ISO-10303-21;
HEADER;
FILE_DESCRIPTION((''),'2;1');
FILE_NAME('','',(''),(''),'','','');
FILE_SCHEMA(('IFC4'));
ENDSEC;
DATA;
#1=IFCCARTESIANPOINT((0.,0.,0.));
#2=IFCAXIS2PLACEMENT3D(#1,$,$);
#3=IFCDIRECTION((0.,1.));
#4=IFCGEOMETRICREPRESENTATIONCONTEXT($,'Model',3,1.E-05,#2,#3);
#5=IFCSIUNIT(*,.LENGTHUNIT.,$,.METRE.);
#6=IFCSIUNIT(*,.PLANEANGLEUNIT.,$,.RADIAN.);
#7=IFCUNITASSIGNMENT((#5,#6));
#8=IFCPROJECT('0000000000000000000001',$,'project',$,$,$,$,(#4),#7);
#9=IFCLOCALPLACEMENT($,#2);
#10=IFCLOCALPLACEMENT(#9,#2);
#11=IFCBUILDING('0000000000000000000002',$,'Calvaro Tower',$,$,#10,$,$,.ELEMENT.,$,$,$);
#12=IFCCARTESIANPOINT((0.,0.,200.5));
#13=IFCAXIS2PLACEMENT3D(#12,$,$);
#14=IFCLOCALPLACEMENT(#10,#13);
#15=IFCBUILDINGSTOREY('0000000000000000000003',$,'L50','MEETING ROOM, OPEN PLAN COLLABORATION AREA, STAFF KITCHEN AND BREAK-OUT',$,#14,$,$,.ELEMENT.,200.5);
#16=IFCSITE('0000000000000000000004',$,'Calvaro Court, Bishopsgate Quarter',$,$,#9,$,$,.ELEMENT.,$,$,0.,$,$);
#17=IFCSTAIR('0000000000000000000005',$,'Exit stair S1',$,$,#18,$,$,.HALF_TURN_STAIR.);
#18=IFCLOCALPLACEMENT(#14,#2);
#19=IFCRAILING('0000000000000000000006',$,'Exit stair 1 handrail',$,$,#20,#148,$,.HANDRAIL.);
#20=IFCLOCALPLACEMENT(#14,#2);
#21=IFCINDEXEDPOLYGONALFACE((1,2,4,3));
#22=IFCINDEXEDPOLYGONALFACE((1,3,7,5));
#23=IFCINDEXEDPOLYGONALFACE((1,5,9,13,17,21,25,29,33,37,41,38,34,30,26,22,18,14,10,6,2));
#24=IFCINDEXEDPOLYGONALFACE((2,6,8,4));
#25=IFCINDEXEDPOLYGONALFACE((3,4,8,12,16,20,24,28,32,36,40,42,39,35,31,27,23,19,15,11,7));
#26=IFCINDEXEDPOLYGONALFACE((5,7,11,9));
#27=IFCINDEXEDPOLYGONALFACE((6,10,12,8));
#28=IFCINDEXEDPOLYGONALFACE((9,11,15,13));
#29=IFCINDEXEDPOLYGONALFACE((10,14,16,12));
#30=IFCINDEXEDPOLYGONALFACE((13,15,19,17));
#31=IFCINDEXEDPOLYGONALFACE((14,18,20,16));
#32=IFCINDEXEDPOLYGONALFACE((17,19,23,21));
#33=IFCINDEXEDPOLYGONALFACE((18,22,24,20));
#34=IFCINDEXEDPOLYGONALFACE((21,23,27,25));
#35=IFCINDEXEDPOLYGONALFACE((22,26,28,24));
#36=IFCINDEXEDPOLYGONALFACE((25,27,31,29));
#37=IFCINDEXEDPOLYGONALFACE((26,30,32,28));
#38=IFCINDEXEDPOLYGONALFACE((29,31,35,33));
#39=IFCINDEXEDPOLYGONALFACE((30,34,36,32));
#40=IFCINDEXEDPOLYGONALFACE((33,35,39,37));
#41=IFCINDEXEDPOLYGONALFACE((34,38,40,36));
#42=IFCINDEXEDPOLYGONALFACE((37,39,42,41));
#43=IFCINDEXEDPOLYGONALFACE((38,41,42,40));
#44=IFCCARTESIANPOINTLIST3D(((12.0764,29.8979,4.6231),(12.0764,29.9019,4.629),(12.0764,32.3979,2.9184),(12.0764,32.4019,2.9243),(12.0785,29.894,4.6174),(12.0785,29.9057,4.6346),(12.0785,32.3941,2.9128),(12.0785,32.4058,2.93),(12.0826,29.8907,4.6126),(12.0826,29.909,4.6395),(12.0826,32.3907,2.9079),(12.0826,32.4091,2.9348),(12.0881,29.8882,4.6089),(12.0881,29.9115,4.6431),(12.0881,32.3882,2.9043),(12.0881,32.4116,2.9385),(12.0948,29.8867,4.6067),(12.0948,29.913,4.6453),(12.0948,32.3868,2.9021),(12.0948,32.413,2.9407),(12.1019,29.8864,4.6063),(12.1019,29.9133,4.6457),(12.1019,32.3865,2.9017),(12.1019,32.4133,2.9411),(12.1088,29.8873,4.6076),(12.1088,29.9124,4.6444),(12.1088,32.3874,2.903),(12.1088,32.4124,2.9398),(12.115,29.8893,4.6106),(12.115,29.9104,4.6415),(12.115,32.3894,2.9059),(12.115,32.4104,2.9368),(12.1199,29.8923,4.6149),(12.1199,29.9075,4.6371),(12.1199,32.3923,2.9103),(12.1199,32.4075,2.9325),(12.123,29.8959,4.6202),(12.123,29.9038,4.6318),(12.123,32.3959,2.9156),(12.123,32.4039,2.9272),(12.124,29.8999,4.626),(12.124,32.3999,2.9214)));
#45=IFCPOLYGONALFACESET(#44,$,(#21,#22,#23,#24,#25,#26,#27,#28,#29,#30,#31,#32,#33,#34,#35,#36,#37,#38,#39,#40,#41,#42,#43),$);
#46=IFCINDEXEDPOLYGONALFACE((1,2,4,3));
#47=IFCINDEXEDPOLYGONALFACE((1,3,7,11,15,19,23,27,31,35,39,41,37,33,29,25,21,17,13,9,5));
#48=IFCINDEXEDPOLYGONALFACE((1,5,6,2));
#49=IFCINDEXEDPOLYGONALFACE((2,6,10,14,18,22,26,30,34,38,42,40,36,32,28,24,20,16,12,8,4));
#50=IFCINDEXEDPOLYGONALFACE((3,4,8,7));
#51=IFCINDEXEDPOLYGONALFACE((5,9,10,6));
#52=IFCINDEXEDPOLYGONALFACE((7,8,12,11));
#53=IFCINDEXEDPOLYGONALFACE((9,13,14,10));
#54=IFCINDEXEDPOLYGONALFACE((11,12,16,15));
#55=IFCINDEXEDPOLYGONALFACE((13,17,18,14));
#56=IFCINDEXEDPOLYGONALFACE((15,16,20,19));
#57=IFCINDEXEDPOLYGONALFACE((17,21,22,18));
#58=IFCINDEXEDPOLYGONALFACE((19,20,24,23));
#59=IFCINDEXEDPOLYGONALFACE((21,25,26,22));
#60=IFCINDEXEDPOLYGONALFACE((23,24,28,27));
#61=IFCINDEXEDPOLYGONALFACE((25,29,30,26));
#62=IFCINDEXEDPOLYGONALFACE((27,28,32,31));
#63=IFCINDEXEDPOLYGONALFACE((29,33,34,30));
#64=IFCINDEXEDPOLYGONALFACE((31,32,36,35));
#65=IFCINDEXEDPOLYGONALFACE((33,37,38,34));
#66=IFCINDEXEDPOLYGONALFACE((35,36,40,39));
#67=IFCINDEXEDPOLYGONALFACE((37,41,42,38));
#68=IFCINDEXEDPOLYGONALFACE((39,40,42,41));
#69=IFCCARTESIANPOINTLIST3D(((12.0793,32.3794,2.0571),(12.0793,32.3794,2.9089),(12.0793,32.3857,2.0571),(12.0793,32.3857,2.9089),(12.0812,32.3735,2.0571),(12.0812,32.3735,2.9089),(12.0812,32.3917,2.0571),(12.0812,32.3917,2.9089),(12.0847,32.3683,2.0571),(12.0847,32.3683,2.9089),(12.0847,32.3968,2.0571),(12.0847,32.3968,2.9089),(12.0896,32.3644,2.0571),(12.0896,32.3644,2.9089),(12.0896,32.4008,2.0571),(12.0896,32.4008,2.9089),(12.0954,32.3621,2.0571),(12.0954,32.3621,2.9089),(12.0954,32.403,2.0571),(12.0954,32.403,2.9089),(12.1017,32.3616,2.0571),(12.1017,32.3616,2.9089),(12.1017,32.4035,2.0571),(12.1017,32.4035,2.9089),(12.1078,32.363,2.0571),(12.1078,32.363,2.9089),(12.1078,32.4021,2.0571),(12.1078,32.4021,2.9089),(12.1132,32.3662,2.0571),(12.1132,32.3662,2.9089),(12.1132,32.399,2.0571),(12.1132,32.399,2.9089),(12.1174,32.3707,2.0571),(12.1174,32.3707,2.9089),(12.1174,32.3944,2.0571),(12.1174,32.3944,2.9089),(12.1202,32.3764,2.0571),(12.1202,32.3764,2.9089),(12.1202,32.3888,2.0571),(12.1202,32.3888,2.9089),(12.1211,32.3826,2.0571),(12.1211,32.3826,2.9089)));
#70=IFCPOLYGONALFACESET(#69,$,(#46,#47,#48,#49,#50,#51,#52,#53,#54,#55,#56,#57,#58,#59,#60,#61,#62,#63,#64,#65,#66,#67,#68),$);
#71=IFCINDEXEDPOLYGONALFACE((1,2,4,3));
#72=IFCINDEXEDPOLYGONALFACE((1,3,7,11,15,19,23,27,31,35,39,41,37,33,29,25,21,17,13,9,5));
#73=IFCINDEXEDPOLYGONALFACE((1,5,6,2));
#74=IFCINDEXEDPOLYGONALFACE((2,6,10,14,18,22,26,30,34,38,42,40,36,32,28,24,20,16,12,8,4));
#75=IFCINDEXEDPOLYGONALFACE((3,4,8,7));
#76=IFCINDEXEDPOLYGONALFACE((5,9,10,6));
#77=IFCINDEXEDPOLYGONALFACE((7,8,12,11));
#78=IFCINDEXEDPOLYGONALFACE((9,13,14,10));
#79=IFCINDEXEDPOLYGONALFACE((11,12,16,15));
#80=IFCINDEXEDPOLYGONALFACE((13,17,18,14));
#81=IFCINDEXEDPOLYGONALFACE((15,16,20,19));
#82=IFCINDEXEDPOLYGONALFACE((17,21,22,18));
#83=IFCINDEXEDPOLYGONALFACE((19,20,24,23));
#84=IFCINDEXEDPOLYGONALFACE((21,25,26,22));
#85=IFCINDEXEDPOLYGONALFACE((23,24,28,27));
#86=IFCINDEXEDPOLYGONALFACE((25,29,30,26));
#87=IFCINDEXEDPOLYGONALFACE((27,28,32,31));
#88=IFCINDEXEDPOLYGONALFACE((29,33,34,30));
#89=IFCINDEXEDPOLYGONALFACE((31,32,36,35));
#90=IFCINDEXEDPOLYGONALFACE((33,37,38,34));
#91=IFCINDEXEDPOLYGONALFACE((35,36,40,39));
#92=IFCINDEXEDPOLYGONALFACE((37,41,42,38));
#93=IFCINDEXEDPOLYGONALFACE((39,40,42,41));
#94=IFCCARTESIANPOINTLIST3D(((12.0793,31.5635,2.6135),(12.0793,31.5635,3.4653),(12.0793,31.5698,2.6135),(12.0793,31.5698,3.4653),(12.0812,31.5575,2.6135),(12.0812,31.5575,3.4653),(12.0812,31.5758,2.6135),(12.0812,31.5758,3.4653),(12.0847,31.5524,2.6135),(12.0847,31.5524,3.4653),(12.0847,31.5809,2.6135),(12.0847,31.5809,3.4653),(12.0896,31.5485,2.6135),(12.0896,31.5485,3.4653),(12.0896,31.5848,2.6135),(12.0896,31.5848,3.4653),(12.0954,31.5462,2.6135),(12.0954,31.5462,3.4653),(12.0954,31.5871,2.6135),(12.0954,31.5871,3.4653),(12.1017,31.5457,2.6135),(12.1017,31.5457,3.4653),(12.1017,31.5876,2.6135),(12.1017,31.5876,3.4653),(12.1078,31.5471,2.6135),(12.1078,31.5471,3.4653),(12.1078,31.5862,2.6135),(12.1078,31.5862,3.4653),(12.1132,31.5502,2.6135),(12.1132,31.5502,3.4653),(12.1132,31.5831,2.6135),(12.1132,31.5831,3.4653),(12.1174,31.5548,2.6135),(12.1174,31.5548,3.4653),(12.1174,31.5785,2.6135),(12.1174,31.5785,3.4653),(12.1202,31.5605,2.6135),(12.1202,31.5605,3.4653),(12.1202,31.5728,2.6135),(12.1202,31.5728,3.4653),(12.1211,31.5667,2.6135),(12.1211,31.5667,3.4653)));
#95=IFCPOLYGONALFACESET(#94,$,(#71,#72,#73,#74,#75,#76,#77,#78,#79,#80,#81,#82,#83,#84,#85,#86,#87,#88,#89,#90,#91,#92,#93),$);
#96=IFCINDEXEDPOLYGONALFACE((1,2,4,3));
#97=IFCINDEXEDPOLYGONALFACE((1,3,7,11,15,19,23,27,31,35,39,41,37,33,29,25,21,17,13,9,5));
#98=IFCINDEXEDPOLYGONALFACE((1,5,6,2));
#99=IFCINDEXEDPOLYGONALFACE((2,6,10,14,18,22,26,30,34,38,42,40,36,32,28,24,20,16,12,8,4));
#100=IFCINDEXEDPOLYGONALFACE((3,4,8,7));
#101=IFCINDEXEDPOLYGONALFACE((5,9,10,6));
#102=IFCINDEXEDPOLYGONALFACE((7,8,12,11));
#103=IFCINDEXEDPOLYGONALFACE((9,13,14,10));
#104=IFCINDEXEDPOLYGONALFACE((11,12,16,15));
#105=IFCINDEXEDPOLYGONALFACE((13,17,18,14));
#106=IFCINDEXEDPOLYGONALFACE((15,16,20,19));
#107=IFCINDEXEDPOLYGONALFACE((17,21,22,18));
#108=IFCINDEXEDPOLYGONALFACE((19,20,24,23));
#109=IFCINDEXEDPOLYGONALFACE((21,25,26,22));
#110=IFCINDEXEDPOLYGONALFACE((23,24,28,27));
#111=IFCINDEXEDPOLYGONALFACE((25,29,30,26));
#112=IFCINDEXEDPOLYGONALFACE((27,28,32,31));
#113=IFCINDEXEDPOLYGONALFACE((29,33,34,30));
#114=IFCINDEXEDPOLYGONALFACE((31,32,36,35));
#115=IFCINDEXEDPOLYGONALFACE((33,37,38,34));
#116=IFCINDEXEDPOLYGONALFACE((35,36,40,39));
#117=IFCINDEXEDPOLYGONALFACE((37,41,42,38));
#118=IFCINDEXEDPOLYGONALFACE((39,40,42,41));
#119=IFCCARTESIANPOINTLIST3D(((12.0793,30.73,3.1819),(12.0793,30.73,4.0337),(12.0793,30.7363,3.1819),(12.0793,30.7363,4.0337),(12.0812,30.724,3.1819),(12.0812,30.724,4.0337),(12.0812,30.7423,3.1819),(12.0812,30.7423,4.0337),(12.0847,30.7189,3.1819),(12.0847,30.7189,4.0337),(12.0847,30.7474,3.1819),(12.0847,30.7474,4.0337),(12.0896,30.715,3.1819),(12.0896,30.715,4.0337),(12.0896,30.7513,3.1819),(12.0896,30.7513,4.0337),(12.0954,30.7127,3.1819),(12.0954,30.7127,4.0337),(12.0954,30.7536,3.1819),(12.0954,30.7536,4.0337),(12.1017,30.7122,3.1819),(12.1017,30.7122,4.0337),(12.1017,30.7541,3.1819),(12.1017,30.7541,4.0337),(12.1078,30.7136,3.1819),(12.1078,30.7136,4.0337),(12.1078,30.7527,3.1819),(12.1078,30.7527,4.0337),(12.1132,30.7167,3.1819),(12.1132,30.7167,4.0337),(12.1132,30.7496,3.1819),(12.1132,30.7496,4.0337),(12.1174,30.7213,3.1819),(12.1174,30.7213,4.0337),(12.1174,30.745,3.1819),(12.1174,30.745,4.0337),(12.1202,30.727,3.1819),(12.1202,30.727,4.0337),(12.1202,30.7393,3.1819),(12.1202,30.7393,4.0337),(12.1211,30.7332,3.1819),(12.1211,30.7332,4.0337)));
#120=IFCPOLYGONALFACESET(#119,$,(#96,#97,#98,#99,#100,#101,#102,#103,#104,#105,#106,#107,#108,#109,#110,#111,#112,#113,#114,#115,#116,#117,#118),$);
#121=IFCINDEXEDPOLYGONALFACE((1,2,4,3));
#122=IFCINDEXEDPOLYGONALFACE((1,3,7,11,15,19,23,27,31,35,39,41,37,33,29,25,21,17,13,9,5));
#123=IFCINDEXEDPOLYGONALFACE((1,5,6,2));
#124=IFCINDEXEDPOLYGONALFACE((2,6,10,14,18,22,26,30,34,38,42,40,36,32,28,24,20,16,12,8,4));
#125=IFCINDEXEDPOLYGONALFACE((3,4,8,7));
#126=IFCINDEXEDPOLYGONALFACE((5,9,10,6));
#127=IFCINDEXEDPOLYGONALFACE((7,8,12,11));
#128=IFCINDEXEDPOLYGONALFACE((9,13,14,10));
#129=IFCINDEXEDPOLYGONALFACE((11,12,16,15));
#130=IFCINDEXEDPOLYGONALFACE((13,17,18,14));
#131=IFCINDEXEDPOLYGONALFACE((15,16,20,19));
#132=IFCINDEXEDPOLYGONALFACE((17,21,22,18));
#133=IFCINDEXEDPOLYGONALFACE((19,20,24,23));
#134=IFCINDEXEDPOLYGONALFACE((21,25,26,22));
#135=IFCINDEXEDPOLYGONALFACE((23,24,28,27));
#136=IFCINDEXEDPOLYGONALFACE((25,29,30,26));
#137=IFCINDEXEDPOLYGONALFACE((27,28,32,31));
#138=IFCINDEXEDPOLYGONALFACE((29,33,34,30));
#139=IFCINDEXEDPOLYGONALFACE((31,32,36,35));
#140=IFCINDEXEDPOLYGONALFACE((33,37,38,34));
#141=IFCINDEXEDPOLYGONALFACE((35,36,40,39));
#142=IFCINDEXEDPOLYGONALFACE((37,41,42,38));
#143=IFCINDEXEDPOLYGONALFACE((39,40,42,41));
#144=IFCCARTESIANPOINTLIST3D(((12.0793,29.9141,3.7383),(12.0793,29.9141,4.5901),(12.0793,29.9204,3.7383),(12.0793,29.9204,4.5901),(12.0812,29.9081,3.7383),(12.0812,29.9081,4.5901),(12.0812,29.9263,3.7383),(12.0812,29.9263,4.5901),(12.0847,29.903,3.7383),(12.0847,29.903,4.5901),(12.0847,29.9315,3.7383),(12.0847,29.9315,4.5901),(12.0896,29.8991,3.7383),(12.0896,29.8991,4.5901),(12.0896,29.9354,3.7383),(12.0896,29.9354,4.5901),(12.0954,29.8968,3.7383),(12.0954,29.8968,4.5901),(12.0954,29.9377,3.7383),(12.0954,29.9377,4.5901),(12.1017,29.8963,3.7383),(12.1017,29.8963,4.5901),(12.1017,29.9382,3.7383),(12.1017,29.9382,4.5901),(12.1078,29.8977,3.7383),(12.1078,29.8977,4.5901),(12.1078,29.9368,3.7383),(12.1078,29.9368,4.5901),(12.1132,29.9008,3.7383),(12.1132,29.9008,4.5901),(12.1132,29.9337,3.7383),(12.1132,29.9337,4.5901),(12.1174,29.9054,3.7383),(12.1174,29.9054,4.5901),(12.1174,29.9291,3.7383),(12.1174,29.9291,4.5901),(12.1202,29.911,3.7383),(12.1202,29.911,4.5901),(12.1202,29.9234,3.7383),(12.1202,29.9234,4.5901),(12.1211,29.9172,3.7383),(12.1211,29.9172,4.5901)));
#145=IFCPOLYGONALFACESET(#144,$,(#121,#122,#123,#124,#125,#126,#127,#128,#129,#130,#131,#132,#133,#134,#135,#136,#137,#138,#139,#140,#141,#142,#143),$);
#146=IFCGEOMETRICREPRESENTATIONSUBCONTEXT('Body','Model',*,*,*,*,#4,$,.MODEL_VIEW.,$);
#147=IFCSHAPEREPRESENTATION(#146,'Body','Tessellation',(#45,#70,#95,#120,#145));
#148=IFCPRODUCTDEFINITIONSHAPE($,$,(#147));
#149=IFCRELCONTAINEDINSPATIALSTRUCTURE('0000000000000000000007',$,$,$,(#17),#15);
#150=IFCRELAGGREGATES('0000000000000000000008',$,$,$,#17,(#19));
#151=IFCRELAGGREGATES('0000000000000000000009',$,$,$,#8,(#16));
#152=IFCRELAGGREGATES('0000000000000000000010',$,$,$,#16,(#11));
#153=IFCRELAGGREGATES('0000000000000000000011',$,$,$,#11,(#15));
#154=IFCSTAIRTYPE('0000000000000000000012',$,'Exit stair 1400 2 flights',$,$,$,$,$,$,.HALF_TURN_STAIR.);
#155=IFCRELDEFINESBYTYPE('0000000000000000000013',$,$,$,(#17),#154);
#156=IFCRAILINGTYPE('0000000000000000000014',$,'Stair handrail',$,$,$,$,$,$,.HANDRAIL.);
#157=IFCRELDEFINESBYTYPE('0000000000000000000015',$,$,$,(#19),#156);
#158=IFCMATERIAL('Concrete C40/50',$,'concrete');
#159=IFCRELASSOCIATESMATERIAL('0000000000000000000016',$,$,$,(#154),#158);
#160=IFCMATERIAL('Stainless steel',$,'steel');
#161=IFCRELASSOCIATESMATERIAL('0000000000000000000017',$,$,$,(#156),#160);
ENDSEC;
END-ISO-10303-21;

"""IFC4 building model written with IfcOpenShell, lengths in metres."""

from ifc_helpers import new_model, si_unit, direction, frame, origin, origin_2d, place, context, subcontext, project, spatial, circle, extrude, material, type_object, element, aggregate, save


model = new_model("IFC4")

# Units and contexts
model_context = context("Model", 3, precision=1e-05, world=origin(), true_north=direction((0.0, 1.0)))
body_context = subcontext(model_context, "Body", "Model", "MODEL_VIEW")
ifc_project = project(units=[si_unit("LENGTHUNIT", "METRE"), si_unit("PLANEANGLEUNIT", "RADIAN")], contexts=[model_context])

# Site, building, storey
site_placement = place(None, origin())
site = spatial("IfcSite", under=ifc_project, at=site_placement, Name="Calvaro Court, Bishopsgate Quarter", CompositionType="ELEMENT", RefElevation=0.0)
building_placement = place(site_placement, origin())
building = spatial("IfcBuilding", under=site, at=building_placement, Name="Calvaro Tower", CompositionType="ELEMENT")
storey_placement = place(building_placement, frame((0.0, 0.0, 200.5)))
storey = spatial("IfcBuildingStorey", under=building, at=storey_placement, Name="L50", Description="MEETING ROOM, OPEN PLAN COLLABORATION AREA, STAFF KITCHEN AND BREAK-OUT", CompositionType="ELEMENT", Elevation=200.5)

# Stair, railing
ifc_material_1 = material(Name="Concrete C40/50", Category="concrete")
stair_type = type_object("IfcStairType", Name="Exit stair 1400 2 flights", PredefinedType="HALF_TURN_STAIR", material=ifc_material_1)
stair_placement = place(storey_placement, origin())
stair = element("IfcStair", 1, at=stair_placement, inside=storey, type_object=stair_type, Name="Exit stair S1", PredefinedType="HALF_TURN_STAIR")
ifc_material_2 = material(Name="Stainless steel", Category="steel")
railing_type = type_object("IfcRailingType", Name="Stair handrail", PredefinedType="HANDRAIL", material=ifc_material_2)
railing_1_placement = place(storey_placement, frame((12.1001, 32.3999, 2.0454)))
railing_1 = element("IfcRailing", 2, at=railing_1_placement, type_object=railing_type, Name="Exit stair 1 handrail", PredefinedType="HANDRAIL", context=body_context, shape_type="SweptSolid", body=[
    extrude(circle(Radius=0.0239, at=origin_2d()), frame((0.0, 0.0, 0.876), z_axis=(0.0, -0.826221, 0.563347), x_axis=(1.0, 0.0, 0.0)), (0.0, 0.0, 1.0), 3.0259),
    extrude(circle(Radius=0.021, at=origin_2d()), frame((0.0, -0.0173, 0.0117)), (0.0, 0.0, 1.0), 0.8518),
    extrude(circle(Radius=0.021, at=origin_2d()), frame((0.0, -0.8333, 0.5681)), (0.0, 0.0, 1.0), 0.8518),
    extrude(circle(Radius=0.021, at=origin_2d()), frame((0.0, -1.6667, 1.1365)), (0.0, 0.0, 1.0), 0.8518),
    extrude(circle(Radius=0.021, at=origin_2d()), frame((0.0, -2.4827, 1.6929)), (0.0, 0.0, 1.0), 0.8518),
])
aggregate(stair, [railing_1])

save(model, "model.ifc")
